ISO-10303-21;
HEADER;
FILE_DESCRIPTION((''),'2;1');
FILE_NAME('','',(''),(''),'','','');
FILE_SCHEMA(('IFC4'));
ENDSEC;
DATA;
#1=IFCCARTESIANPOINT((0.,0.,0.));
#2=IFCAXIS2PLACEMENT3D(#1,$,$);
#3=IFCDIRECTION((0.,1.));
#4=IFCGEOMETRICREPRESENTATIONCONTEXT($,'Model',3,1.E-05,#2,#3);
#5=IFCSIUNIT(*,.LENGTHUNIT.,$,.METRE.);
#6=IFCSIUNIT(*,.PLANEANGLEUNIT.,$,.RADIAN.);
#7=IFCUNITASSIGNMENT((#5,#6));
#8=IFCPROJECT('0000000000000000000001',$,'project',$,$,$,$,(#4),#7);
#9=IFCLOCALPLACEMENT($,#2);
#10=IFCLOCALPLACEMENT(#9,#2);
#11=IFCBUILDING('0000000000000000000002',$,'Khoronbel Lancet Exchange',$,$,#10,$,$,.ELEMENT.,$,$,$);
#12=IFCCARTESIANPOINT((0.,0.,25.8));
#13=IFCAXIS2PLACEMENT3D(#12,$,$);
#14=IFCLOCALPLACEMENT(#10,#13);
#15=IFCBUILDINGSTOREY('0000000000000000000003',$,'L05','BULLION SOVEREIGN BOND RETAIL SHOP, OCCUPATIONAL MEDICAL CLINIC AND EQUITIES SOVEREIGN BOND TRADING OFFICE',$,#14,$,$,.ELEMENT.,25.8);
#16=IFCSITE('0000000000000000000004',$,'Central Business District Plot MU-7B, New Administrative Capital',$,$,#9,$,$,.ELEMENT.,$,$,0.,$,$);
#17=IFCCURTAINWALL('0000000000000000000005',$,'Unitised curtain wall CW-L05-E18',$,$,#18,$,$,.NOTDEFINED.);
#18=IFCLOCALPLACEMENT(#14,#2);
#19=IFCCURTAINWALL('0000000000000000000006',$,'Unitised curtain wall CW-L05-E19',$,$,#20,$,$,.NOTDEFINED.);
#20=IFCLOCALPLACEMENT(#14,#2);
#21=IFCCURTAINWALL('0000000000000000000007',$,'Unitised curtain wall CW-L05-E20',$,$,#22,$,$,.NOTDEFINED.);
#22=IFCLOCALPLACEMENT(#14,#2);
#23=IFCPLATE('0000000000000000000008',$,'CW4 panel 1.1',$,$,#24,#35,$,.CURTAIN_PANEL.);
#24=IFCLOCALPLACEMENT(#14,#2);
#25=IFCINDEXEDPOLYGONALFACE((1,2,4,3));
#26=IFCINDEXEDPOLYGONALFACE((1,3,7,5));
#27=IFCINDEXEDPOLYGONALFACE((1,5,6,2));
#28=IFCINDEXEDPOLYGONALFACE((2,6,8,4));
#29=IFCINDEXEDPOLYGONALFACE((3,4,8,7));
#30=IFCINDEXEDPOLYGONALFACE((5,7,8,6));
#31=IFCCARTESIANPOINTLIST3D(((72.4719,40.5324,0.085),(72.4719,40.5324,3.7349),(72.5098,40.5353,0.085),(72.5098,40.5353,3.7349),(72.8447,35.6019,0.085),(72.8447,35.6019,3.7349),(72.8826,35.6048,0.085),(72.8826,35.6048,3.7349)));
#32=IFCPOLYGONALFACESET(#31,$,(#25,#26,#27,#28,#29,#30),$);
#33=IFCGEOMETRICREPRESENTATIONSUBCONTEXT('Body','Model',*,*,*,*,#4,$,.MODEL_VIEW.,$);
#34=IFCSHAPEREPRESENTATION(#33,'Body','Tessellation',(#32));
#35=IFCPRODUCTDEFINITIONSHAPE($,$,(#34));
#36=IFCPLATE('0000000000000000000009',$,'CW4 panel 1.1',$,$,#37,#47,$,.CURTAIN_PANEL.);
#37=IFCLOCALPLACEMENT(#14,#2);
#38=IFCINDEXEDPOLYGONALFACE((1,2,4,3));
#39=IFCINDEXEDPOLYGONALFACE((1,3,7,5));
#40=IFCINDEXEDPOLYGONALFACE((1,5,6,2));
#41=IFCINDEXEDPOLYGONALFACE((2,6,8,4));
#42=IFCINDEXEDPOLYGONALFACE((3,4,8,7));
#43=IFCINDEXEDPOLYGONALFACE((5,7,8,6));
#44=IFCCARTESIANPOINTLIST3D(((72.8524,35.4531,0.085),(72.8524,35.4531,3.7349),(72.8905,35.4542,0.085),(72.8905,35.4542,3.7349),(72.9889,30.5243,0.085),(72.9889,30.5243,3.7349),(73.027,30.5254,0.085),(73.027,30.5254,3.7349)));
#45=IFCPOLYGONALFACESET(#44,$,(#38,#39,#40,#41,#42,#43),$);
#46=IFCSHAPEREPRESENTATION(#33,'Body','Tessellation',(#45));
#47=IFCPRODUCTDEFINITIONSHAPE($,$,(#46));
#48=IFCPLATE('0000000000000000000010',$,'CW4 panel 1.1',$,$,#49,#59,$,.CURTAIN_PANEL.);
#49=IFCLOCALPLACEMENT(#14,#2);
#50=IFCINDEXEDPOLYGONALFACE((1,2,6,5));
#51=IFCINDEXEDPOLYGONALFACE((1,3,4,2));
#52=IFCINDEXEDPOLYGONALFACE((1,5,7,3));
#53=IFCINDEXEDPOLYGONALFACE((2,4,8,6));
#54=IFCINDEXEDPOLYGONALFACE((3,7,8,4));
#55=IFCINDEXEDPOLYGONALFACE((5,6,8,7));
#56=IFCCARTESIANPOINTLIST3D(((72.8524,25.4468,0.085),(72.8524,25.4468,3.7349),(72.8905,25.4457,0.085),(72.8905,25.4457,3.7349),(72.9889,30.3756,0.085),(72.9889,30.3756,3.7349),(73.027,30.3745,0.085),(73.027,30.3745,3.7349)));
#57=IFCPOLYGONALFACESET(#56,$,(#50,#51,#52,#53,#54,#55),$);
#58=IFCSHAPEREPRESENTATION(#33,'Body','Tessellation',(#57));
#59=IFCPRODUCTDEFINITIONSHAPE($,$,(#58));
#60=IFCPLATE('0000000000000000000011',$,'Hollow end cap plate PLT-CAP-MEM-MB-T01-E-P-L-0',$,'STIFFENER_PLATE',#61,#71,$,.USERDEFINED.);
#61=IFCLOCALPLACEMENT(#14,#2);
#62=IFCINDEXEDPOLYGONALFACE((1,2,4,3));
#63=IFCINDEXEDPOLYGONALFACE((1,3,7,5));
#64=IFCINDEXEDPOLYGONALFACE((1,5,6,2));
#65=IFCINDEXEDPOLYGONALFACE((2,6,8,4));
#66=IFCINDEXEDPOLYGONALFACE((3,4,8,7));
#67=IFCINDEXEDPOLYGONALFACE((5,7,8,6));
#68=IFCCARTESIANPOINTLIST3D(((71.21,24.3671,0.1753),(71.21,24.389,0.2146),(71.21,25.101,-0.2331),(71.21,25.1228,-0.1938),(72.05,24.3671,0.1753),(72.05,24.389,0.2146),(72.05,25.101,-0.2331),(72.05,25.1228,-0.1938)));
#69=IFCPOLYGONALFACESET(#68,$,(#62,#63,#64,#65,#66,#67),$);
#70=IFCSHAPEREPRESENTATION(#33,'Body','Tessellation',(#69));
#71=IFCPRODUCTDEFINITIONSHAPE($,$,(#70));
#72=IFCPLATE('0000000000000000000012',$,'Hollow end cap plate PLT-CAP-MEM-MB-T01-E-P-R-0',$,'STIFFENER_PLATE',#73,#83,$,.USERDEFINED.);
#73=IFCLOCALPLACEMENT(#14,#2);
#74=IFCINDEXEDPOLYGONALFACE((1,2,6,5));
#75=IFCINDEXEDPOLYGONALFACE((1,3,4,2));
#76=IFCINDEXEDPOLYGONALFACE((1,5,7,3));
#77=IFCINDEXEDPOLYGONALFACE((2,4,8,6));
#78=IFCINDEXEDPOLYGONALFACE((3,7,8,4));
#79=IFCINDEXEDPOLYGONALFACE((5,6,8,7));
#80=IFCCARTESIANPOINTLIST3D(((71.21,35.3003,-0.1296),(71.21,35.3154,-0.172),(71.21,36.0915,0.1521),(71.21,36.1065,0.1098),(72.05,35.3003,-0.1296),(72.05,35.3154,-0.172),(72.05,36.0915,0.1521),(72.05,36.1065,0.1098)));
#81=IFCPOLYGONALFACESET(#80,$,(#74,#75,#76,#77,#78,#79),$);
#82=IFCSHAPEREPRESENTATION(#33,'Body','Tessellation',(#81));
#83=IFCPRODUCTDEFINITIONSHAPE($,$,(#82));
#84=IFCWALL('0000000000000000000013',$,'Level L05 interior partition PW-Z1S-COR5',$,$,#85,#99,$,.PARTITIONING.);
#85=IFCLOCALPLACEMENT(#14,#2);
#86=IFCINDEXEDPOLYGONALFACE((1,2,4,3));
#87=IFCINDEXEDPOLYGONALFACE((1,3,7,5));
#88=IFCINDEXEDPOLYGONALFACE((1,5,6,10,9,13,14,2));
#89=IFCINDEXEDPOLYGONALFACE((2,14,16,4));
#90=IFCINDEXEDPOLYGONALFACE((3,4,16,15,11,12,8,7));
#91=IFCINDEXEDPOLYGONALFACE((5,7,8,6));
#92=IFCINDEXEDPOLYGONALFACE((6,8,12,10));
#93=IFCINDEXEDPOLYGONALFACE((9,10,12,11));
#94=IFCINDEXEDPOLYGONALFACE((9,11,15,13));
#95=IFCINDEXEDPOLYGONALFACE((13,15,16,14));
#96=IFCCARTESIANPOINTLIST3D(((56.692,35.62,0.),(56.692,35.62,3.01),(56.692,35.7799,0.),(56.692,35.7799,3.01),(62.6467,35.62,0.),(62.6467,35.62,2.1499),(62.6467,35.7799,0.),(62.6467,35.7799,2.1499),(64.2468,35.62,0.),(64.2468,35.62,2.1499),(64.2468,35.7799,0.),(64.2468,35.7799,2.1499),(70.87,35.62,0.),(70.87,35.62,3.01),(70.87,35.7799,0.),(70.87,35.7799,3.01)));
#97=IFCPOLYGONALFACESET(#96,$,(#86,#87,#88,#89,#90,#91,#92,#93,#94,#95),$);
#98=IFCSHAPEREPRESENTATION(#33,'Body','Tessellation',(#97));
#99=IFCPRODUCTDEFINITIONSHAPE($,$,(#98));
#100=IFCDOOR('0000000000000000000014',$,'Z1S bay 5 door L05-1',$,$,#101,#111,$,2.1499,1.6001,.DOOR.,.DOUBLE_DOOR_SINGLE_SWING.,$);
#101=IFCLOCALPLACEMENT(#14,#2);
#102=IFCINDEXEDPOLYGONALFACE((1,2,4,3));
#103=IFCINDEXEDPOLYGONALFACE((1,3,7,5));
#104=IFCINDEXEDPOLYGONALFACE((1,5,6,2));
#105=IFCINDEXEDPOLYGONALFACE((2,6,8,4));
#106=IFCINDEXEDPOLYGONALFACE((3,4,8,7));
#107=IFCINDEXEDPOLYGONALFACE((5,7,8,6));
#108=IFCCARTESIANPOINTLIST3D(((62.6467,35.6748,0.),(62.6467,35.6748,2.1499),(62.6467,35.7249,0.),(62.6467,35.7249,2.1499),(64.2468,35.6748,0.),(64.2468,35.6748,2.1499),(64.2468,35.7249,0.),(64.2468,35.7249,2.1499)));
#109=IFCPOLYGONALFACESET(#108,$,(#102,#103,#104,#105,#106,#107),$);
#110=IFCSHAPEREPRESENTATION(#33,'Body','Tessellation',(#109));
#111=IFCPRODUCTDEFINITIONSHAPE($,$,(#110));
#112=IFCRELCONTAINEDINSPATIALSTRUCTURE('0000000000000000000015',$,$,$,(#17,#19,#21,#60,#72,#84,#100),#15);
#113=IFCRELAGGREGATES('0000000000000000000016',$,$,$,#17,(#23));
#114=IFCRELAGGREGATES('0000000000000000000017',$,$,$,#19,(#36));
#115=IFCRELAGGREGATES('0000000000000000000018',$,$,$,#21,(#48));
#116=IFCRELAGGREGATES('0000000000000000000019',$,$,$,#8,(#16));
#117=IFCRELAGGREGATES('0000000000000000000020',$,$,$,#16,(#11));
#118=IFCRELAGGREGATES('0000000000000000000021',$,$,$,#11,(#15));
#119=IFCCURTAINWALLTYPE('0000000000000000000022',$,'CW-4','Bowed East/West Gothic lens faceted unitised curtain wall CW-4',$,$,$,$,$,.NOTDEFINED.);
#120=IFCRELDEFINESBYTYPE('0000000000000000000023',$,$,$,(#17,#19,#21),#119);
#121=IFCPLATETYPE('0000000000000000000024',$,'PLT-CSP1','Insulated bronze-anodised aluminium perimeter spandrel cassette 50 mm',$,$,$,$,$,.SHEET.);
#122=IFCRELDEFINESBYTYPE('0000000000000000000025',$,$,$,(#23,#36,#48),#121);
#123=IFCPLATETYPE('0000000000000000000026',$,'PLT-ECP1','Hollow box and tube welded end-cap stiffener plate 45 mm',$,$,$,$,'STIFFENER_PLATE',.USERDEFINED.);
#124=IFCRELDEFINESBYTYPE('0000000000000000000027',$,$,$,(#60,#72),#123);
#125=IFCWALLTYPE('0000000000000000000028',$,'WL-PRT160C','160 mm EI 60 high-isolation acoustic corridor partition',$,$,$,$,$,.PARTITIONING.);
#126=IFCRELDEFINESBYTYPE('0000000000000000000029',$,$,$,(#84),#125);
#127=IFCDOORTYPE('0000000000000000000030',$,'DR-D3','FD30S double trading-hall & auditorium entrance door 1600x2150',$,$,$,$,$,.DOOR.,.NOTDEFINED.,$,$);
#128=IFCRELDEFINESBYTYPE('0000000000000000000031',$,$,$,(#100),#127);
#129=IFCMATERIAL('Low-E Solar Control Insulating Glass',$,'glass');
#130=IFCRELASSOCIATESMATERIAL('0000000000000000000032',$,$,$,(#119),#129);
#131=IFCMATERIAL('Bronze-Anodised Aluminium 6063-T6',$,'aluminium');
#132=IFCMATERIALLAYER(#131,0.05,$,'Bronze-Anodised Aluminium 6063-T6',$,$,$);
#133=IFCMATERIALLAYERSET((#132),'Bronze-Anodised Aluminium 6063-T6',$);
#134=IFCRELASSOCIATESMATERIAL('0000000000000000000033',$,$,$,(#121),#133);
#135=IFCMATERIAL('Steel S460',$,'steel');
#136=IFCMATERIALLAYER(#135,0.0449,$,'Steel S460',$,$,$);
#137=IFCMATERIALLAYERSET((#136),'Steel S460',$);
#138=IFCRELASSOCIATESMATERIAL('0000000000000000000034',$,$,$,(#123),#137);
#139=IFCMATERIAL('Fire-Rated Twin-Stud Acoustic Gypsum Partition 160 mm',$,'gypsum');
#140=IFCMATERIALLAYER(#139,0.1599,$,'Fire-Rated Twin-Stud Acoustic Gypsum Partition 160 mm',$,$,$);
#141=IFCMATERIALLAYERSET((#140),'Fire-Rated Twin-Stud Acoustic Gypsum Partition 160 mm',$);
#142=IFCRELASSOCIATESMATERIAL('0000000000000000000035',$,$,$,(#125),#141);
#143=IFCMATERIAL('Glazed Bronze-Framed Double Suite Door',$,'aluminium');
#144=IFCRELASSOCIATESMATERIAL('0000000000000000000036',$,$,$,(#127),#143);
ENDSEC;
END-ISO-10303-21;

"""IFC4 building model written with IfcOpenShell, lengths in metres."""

from ifc_helpers import new_model, si_unit, direction, frame, frame_2d, origin, origin_2d, place, context, subcontext, project, spatial, polyline, rectangle, outline, extrude, material, layer, layer_set, type_object, element, fill, aggregate, save


model = new_model("IFC4")

# Units and contexts
model_context = context("Model", 3, precision=1e-05, world=origin(), true_north=direction((0.0, 1.0)))
body_context = subcontext(model_context, "Body", "Model", "MODEL_VIEW")
ifc_project = project(units=[si_unit("LENGTHUNIT", "METRE"), si_unit("PLANEANGLEUNIT", "RADIAN")], contexts=[model_context])

# Site, building, storey
site_placement = place(None, origin())
site = spatial("IfcSite", under=ifc_project, at=site_placement, Name="Central Business District Plot MU-7B, New Administrative Capital", CompositionType="ELEMENT", RefElevation=0.0)
building_placement = place(site_placement, origin())
building = spatial("IfcBuilding", under=site, at=building_placement, Name="Khoronbel Lancet Exchange", CompositionType="ELEMENT")
storey_placement = place(building_placement, frame((0.0, 0.0, 25.8)))
storey = spatial("IfcBuildingStorey", under=building, at=storey_placement, Name="L05", Description="BULLION SOVEREIGN BOND RETAIL SHOP, OCCUPATIONAL MEDICAL CLINIC AND EQUITIES SOVEREIGN BOND TRADING OFFICE", CompositionType="ELEMENT", Elevation=25.8)

# Curtain wall
ifc_material_1 = material(Name="Low-E Solar Control Insulating Glass", Category="glass")
curtain_wall_type = type_object("IfcCurtainWallType", Name="CW-4", Description="Bowed East/West Gothic lens faceted unitised curtain wall CW-4", PredefinedType="NOTDEFINED", material=ifc_material_1)
curtain_wall_1_placement = place(storey_placement, origin())
curtain_wall_1 = element("IfcCurtainWall", 1, at=curtain_wall_1_placement, inside=storey, type_object=curtain_wall_type, Name="Unitised curtain wall CW-L05-E18", PredefinedType="NOTDEFINED")
ifc_material_2 = material(Name="Bronze-Anodised Aluminium 6063-T6", Category="aluminium")

# Curtain walls
curtain_wall_2_placement = place(storey_placement, origin())
curtain_wall_2 = element("IfcCurtainWall", 2, at=curtain_wall_2_placement, inside=storey, type_object=curtain_wall_type, Name="Unitised curtain wall CW-L05-E19", PredefinedType="NOTDEFINED")
curtain_wall_3_placement = place(storey_placement, origin())
curtain_wall_3 = element("IfcCurtainWall", 3, at=curtain_wall_3_placement, inside=storey, type_object=curtain_wall_type, Name="Unitised curtain wall CW-L05-E20", PredefinedType="NOTDEFINED")

# Shared definitions
ifc_material_3 = material(Name="Steel S460", Category="steel")

# Plates
ifc_layer_1 = layer(ifc_material_2, 0.05, Name="Bronze-Anodised Aluminium 6063-T6")
ifc_layer_set_1 = layer_set([ifc_layer_1], Name="Bronze-Anodised Aluminium 6063-T6")
plate_type_1 = type_object("IfcPlateType", Name="PLT-CSP1", Description="Insulated bronze-anodised aluminium perimeter spandrel cassette 50 mm", PredefinedType="SHEET", material=ifc_layer_set_1)
plate_1_placement = place(storey_placement, frame((72.6772, 38.0686, 0.085), z_axis=(0.0, 0.0, 1.0), x_axis=(0.075395, -0.997154, 0.0)))
plate_1 = element("IfcPlate", 4, at=plate_1_placement, type_object=plate_type_1, Name="CW4 panel 1.1", PredefinedType="CURTAIN_PANEL", context=body_context, shape_type="SweptSolid", body=[
    extrude(rectangle(XDim=4.9446, YDim=0.0381, at=origin_2d()), origin(), (0.0, 0.0, 1.0), 3.6499),
])
aggregate(curtain_wall_1, [plate_1])
plate_2_placement = place(storey_placement, frame((72.9397, 32.9893, 0.085), z_axis=(0.0, 0.0, 1.0), x_axis=(0.027674, -0.999617, 0.0)))
plate_2 = element("IfcPlate", 5, at=plate_2_placement, type_object=plate_type_1, Name="CW4 panel 1.1", PredefinedType="CURTAIN_PANEL", context=body_context, shape_type="SweptSolid", body=[
    extrude(rectangle(XDim=4.9307, YDim=0.0381, at=origin_2d()), origin(), (0.0, 0.0, 1.0), 3.6499),
])
aggregate(curtain_wall_2, [plate_2])
plate_3_placement = place(storey_placement, frame((72.9397, 27.9106, 0.085), z_axis=(0.0, 0.0, 1.0), x_axis=(-0.027674, -0.999617, 0.0)))
plate_3 = element("IfcPlate", 6, at=plate_3_placement, type_object=plate_type_1, Name="CW4 panel 1.1", PredefinedType="CURTAIN_PANEL", context=body_context, shape_type="SweptSolid", body=[
    extrude(rectangle(XDim=4.9307, YDim=0.0381, at=origin_2d()), origin(), (0.0, 0.0, 1.0), 3.6499),
])
aggregate(curtain_wall_3, [plate_3])

# Plates
ifc_layer_2 = layer(ifc_material_3, 0.0449, Name="Steel S460")
ifc_layer_set_2 = layer_set([ifc_layer_2], Name="Steel S460")
plate_type_2 = type_object("IfcPlateType", Name="PLT-ECP1", Description="Hollow box and tube welded end-cap stiffener plate 45 mm", ElementType="STIFFENER_PLATE", PredefinedType="USERDEFINED", material=ifc_layer_set_2)
for number, where, z_axis, x_axis, name in (
    (7, (72.05, 25.1228, -0.1938), (0.0, 0.486309, 0.873787), (-1.0, 0.0, 0.0), "Hollow end cap plate PLT-CAP-MEM-MB-T01-E-P-L-0"),
    (8, (71.21, 35.3003, -0.1296), (0.0, -0.335434, 0.942064), (1.0, 0.0, 0.0), "Hollow end cap plate PLT-CAP-MEM-MB-T01-E-P-R-0"),
):
    element("IfcPlate", number, at=place(storey_placement, frame(where, z_axis=z_axis, x_axis=x_axis)), inside=storey, type_object=plate_type_2, Name=name, ObjectType="STIFFENER_PLATE", PredefinedType="USERDEFINED", context=body_context, shape_type="SweptSolid", body=[
        extrude(outline(polyline([(0.0, 0.0), (0.8401, 0.0), (0.8401, 0.8398), (0.0, 0.8398), (0.0, 0.0)])), origin(), (0.0, 0.0, -1.0), 0.0449),
    ])

# Wall, opening, door
ifc_material_4 = material(Name="Fire-Rated Twin-Stud Acoustic Gypsum Partition 160 mm", Category="gypsum")
ifc_layer_3 = layer(ifc_material_4, 0.1599, Name="Fire-Rated Twin-Stud Acoustic Gypsum Partition 160 mm")
ifc_layer_set_3 = layer_set([ifc_layer_3], Name="Fire-Rated Twin-Stud Acoustic Gypsum Partition 160 mm")
wall_type = type_object("IfcWallType", Name="WL-PRT160C", Description="160 mm EI 60 high-isolation acoustic corridor partition", PredefinedType="PARTITIONING", material=ifc_layer_set_3)
wall_placement = place(storey_placement, frame((56.6921, 35.7, 0.0), z_axis=(0.0, 0.0, 1.0), x_axis=(1.0, 0.0, 0.0)))
wall = element("IfcWall", 9, at=wall_placement, inside=storey, type_object=wall_type, Name="Level L05 interior partition PW-Z1S-COR5", PredefinedType="PARTITIONING", context=body_context, shape_type="SweptSolid", body=[
    extrude(rectangle(XDim=14.178, YDim=0.1599, at=frame_2d((7.0889, 0.0))), origin(), (0.0, 0.0, 1.0), 3.01),
])
opening_placement = place(wall_placement, frame((5.9546, 0.0, 0.0)))
opening = element("IfcOpeningElement", 10, at=opening_placement, cuts=wall, PredefinedType="OPENING", context=body_context, shape_type="SweptSolid", body=[
    extrude(rectangle(XDim=1.6001, YDim=2.1499, at=frame_2d((0.8, 1.075))), frame((0.0, 0.0898, 0.0), z_axis=(0.0, -1.0, 0.0), x_axis=(1.0, 0.0, 0.0)), (0.0, 0.0, 1.0), 0.1799),
])
ifc_material_5 = material(Name="Glazed Bronze-Framed Double Suite Door", Category="aluminium")
door_type = type_object("IfcDoorType", Name="DR-D3", Description="FD30S double trading-hall & auditorium entrance door 1600x2150", OperationType="NOTDEFINED", PredefinedType="DOOR", material=ifc_material_5)
door_placement = place(opening_placement, origin())
door = element("IfcDoor", 11, at=door_placement, inside=storey, type_object=door_type, Name="Z1S bay 5 door L05-1", OperationType="DOUBLE_DOOR_SINGLE_SWING", OverallHeight=2.1499, OverallWidth=1.6001, PredefinedType="DOOR", context=body_context, shape_type="SweptSolid", body=[
    extrude(rectangle(XDim=1.6001, YDim=2.1499, at=frame_2d((0.8, 1.075))), frame((0.0, 0.0249, 0.0), z_axis=(0.0, -1.0, 0.0), x_axis=(1.0, 0.0, 0.0)), (0.0, 0.0, 1.0), 0.05),
])
fill(opening, door)

save(model, "model.ifc")
